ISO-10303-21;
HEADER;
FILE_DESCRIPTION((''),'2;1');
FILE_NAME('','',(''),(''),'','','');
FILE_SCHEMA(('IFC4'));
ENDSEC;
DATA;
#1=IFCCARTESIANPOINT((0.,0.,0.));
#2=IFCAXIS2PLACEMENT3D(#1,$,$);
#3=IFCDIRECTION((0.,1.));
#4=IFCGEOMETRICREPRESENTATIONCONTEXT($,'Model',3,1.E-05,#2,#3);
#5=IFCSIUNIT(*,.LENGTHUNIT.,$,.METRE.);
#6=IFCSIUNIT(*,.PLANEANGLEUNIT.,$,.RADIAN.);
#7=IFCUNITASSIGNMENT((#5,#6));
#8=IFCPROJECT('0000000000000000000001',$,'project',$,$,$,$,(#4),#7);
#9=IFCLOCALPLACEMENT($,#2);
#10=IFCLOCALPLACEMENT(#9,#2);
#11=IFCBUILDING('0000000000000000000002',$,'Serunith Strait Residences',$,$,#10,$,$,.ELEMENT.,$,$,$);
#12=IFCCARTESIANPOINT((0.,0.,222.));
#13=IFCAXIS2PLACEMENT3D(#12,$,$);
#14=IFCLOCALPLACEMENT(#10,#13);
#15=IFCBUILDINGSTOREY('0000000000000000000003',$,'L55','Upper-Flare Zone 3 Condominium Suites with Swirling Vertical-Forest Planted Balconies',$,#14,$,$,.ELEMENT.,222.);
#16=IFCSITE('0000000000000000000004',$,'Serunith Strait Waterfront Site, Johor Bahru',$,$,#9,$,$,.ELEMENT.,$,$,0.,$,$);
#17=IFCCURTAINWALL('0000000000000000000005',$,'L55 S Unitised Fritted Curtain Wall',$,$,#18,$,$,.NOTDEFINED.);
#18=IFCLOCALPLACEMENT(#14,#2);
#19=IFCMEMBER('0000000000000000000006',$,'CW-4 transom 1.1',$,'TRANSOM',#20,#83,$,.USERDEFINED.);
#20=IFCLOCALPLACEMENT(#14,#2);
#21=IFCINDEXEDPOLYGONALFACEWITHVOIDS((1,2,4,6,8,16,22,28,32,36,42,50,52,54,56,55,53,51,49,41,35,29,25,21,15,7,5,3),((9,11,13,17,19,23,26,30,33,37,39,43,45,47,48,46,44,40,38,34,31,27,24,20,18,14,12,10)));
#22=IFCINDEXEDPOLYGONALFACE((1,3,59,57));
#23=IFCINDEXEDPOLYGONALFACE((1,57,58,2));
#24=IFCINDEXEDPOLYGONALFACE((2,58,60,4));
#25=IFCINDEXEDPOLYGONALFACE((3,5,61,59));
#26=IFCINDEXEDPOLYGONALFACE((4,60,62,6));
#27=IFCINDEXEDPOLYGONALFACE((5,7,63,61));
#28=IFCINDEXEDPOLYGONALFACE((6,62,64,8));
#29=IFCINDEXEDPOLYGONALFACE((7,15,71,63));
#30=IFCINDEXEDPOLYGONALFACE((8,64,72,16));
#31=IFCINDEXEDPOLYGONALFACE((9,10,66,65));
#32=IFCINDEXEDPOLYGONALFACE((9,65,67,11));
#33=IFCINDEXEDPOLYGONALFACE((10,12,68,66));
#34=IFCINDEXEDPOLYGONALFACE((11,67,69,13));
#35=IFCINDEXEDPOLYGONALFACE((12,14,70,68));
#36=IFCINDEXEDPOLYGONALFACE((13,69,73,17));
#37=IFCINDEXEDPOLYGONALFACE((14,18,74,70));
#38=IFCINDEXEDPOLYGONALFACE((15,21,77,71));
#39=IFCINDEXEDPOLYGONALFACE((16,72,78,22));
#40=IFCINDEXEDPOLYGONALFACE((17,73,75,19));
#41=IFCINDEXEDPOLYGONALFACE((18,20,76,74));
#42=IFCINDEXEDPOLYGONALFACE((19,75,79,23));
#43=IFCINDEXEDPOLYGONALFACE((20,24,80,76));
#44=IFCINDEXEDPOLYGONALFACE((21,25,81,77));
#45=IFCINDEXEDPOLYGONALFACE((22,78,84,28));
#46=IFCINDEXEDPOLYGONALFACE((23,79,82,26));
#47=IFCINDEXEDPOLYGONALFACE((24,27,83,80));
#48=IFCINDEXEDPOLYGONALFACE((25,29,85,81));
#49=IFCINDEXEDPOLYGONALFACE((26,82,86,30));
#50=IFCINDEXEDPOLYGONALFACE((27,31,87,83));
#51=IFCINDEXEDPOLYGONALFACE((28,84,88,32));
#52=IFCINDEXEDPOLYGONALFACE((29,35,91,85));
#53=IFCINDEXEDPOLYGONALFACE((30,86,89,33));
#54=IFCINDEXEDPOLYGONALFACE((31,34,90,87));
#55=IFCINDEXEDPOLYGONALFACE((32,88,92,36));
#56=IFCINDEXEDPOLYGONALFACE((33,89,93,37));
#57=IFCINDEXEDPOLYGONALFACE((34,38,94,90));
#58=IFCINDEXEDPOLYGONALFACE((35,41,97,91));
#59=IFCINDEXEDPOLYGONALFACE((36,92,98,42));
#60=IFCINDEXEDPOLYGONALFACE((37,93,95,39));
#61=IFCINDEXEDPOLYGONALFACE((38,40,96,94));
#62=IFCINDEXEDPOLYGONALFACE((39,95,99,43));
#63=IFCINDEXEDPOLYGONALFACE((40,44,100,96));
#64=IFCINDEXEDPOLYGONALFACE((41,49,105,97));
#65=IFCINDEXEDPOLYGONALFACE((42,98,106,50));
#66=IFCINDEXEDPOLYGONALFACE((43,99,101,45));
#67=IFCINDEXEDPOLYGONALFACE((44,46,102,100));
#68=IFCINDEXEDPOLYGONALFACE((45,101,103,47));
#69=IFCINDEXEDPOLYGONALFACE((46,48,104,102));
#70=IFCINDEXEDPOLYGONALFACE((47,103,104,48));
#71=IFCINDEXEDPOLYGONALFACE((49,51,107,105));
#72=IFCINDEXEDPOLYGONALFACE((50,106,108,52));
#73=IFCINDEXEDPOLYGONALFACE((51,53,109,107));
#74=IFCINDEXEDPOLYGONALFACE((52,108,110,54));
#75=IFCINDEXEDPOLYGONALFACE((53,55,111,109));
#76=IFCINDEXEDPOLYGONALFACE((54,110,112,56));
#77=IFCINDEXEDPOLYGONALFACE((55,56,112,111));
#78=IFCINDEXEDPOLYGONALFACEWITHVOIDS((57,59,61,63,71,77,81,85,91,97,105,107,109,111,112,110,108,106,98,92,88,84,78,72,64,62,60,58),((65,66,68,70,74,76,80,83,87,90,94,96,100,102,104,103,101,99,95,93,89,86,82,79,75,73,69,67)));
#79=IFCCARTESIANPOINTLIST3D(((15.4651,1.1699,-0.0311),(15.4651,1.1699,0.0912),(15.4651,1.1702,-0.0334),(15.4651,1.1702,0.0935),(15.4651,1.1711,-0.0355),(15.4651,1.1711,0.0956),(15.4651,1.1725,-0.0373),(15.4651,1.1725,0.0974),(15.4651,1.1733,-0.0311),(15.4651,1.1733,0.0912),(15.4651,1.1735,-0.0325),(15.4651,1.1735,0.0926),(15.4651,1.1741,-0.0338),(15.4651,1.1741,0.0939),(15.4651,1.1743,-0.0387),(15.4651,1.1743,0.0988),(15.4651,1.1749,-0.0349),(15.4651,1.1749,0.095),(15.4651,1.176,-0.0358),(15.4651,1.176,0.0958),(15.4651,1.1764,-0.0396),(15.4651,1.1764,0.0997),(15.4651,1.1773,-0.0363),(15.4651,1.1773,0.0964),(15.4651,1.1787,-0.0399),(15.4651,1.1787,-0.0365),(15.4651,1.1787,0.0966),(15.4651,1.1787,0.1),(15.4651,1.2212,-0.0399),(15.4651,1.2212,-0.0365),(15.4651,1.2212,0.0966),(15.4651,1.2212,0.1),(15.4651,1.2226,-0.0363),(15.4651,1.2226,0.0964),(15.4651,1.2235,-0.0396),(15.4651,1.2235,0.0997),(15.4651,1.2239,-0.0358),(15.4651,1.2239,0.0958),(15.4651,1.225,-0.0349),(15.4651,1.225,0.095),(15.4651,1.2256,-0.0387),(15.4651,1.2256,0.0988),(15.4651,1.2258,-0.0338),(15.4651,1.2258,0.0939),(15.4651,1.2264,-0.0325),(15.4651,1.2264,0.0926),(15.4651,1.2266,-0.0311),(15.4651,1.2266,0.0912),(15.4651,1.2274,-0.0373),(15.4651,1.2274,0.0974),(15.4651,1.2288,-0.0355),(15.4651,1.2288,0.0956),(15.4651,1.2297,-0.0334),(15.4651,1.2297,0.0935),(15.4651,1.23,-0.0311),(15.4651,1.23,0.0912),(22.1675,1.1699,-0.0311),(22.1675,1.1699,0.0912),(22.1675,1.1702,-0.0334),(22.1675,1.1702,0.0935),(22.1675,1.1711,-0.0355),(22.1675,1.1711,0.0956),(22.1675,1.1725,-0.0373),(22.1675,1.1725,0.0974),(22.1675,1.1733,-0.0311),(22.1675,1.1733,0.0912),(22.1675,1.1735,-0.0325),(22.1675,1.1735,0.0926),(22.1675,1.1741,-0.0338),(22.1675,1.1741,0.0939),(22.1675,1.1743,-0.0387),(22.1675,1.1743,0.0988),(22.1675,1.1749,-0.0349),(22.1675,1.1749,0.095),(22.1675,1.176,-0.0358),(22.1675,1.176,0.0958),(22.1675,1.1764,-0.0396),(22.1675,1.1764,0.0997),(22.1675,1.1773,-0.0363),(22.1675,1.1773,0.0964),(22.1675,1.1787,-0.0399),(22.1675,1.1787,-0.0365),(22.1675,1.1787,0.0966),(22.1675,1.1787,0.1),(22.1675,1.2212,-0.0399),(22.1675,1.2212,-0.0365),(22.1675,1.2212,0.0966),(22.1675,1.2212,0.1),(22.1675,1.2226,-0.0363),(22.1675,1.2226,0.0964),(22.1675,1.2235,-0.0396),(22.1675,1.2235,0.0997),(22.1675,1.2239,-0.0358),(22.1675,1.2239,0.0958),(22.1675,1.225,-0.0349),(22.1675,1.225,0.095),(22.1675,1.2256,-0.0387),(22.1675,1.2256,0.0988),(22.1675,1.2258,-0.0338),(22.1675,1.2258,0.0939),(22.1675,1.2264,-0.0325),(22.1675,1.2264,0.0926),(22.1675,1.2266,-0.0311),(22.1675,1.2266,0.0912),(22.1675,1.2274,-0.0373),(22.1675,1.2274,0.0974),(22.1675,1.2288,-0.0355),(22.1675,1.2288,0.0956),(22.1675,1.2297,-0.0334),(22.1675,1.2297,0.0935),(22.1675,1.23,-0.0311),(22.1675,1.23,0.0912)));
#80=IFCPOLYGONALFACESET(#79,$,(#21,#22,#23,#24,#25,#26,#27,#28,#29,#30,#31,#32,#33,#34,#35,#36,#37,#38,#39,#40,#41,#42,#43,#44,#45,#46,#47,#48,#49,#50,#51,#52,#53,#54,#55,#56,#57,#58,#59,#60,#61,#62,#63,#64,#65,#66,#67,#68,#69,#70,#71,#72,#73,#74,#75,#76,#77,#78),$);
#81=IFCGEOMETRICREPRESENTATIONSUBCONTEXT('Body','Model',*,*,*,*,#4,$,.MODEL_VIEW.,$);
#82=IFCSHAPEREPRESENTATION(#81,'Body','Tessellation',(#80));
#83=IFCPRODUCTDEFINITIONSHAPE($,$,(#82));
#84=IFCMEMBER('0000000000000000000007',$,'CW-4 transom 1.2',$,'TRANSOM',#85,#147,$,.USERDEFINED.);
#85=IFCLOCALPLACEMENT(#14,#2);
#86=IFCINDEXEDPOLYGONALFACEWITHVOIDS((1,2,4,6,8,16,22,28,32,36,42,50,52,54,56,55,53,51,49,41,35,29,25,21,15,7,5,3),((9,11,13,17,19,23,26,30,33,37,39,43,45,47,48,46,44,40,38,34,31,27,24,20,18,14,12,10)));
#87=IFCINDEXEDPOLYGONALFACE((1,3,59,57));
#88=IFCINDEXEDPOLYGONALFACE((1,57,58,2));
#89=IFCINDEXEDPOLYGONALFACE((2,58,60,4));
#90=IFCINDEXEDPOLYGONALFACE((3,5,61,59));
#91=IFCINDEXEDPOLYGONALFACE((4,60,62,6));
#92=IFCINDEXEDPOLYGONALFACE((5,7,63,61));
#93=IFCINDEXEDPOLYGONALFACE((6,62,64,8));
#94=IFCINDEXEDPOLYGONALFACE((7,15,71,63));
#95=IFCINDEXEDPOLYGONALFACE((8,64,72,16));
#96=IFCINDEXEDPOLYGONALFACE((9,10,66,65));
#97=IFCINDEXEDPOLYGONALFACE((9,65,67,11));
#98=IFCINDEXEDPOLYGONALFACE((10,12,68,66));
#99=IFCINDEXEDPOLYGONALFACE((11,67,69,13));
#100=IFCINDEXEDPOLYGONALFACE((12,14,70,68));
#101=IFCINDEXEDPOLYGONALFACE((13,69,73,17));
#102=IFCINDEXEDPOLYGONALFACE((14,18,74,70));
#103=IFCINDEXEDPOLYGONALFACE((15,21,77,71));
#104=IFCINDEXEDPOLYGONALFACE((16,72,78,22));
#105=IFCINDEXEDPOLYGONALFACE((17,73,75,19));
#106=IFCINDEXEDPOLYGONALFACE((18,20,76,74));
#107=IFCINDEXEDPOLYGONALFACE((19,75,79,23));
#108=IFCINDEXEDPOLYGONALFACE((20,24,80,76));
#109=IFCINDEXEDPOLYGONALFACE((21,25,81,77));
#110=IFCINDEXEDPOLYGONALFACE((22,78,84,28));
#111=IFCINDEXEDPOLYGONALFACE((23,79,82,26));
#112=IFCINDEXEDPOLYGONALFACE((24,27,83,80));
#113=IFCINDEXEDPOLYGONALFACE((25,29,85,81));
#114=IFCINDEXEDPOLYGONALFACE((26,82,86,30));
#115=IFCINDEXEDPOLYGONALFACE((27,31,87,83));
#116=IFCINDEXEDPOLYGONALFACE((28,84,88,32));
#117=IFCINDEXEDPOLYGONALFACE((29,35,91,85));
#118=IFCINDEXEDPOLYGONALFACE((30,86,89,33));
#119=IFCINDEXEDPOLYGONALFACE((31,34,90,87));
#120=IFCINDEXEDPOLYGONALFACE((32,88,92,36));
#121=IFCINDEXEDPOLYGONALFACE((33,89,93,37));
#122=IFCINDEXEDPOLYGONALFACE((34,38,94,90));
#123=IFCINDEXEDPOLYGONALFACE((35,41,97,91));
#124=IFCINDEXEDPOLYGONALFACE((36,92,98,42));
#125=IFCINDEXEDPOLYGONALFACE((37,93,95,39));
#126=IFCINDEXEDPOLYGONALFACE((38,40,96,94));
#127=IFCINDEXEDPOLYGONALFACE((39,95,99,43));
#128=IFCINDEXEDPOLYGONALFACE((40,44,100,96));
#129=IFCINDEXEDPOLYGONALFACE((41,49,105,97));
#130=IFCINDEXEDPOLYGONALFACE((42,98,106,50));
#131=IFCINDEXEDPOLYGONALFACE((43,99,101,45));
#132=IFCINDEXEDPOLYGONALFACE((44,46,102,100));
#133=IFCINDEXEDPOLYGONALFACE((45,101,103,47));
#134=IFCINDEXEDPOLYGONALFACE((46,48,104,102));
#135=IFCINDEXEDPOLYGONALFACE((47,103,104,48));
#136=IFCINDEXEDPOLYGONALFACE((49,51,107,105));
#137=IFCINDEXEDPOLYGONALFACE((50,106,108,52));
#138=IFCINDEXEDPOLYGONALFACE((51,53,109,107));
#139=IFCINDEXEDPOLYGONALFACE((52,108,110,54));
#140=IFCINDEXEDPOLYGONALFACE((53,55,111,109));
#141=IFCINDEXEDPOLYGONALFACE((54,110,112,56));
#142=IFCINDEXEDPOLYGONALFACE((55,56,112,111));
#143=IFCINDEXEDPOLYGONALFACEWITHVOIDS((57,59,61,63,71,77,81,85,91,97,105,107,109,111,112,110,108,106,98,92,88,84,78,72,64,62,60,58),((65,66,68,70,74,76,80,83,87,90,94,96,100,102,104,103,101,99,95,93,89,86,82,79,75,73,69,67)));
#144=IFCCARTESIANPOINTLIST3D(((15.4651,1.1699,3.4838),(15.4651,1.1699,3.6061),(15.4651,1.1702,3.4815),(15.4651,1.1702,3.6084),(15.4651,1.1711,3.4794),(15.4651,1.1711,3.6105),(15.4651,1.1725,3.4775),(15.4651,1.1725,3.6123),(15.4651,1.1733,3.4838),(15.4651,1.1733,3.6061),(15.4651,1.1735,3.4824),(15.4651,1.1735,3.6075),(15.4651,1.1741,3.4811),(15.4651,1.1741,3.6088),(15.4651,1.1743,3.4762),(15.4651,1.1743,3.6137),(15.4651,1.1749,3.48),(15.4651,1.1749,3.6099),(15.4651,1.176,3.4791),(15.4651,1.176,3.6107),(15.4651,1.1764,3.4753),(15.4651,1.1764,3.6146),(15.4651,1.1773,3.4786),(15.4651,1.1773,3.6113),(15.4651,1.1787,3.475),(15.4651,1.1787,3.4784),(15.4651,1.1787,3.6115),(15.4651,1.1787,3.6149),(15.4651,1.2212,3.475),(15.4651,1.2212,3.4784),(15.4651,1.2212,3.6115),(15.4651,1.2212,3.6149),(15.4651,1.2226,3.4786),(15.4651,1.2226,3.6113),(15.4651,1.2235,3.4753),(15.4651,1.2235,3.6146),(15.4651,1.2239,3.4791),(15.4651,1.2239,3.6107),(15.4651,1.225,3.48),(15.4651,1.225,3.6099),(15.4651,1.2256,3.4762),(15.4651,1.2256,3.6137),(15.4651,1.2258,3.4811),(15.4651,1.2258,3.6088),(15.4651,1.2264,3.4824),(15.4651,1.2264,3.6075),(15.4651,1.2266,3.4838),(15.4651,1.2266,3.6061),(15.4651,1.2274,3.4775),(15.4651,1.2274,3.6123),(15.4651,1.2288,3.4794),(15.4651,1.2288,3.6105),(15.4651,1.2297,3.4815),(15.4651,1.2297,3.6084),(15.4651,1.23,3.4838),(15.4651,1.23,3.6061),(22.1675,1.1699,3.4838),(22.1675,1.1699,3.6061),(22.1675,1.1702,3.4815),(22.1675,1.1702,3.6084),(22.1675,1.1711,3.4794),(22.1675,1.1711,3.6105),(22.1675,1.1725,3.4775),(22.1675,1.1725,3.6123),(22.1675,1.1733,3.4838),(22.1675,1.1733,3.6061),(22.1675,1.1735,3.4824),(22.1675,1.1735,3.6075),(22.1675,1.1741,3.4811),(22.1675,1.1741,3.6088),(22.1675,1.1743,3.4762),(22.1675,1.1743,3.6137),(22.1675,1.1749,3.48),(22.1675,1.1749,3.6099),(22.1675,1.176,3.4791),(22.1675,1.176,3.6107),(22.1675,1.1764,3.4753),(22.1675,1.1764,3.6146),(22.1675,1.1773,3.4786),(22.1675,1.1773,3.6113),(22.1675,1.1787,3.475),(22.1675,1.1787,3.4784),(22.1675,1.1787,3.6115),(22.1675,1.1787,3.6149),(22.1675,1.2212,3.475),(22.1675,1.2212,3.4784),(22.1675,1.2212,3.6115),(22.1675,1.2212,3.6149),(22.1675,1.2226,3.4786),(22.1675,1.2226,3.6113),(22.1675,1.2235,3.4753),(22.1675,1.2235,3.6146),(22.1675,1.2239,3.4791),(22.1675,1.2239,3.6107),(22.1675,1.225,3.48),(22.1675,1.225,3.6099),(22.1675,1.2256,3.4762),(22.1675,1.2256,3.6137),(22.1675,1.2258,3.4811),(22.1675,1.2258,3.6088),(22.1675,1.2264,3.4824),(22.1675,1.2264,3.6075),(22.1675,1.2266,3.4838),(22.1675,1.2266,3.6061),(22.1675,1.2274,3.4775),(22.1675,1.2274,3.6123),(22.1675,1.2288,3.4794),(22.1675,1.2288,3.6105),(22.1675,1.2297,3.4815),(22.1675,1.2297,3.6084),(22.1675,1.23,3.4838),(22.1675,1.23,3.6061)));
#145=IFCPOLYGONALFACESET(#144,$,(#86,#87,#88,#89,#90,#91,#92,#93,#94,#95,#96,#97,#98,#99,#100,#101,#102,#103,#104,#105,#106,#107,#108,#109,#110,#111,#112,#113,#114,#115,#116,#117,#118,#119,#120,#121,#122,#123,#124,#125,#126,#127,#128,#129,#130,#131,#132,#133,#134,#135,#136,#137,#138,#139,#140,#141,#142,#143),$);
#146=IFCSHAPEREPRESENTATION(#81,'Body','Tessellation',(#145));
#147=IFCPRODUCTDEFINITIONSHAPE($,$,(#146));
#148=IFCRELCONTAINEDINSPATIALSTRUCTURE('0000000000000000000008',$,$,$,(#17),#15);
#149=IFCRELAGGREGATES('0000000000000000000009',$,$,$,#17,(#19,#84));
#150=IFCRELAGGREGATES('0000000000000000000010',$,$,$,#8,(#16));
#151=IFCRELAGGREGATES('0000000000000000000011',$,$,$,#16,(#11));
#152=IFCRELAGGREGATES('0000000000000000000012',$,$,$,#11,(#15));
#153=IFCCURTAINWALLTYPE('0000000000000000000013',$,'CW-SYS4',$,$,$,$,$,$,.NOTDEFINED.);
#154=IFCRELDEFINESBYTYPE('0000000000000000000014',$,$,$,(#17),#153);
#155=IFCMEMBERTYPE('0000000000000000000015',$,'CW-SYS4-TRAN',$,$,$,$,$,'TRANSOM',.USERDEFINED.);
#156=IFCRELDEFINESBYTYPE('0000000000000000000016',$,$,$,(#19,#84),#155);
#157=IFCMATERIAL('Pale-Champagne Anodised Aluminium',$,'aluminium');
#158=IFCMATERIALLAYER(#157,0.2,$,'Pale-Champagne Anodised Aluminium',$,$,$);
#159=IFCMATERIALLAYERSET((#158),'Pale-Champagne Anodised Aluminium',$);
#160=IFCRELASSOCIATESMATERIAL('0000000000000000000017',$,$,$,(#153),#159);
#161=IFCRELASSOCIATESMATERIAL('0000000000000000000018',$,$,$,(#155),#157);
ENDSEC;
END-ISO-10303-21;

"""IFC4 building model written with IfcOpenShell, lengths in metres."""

from ifc_helpers import new_model, si_unit, direction, frame, origin, origin_2d, place, context, subcontext, project, spatial, hollow_rectangle, extrude, source, transform, mapped, material, layer, layer_set, material_profile, profile_set, type_object, element, aggregate, save


model = new_model("IFC4")

# Units and contexts
model_context = context("Model", 3, precision=1e-05, world=origin(), true_north=direction((0.0, 1.0)))
body_context = subcontext(model_context, "Body", "Model", "MODEL_VIEW")
ifc_project = project(units=[si_unit("LENGTHUNIT", "METRE"), si_unit("PLANEANGLEUNIT", "RADIAN")], contexts=[model_context])

# Site, building, storey
site_placement = place(None, origin())
site = spatial("IfcSite", under=ifc_project, at=site_placement, Name="Serunith Strait Waterfront Site, Johor Bahru", CompositionType="ELEMENT", RefElevation=0.0)
building_placement = place(site_placement, origin())
building = spatial("IfcBuilding", under=site, at=building_placement, Name="Serunith Strait Residences", CompositionType="ELEMENT")
storey_placement = place(building_placement, frame((0.0, 0.0, 222.0)))
storey = spatial("IfcBuildingStorey", under=building, at=storey_placement, Name="L55", Description="Upper-Flare Zone 3 Condominium Suites with Swirling Vertical-Forest Planted Balconies", CompositionType="ELEMENT", Elevation=222.0)

# Curtain wall
ifc_material_1 = material(Name="Pale-Champagne Anodised Aluminium", Category="aluminium")
ifc_layer_1 = layer(ifc_material_1, 0.2, Name="Pale-Champagne Anodised Aluminium")
ifc_layer_set_1 = layer_set([ifc_layer_1], Name="Pale-Champagne Anodised Aluminium")
curtain_wall_type = type_object("IfcCurtainWallType", Name="CW-SYS4", PredefinedType="NOTDEFINED", material=ifc_layer_set_1)
curtain_wall_1_placement = place(storey_placement, origin())
curtain_wall_1 = element("IfcCurtainWall", 1, at=curtain_wall_1_placement, inside=storey, type_object=curtain_wall_type, Name="L55 S Unitised Fritted Curtain Wall", PredefinedType="NOTDEFINED")

# Members
ifc_material_profile_1 = material_profile(ifc_material_1, hollow_rectangle(XDim=0.0601, YDim=0.1399, WallThickness=0.0034, InnerFilletRadius=0.0054, OuterFilletRadius=0.0088, at=origin_2d()), Name="ALU 140x60x3.5")
ifc_profile_set_1 = profile_set([ifc_material_profile_1], Name="Pale-Champagne Anodised Aluminium")
member_type_1 = type_object("IfcMemberType", Name="CW-SYS4-TRAN", ElementType="TRANSOM", PredefinedType="USERDEFINED", material=ifc_profile_set_1)
shared_shape_1 = source(origin(), body_context, "Body", "SweptSolid", [
    extrude(hollow_rectangle(XDim=0.0601, YDim=0.1399, WallThickness=0.0034, InnerFilletRadius=0.0054, OuterFilletRadius=0.0088, at=origin_2d()), origin(), (0.0, 0.0, 1.0), 6.7024),
])
member_1_placement = place(storey_placement, frame((15.4651, 1.2, 0.03), z_axis=(1.0, 0.0, 0.0), x_axis=(0.0, 1.0, 0.0)))
member_1 = element("IfcMember", 2, at=member_1_placement, type_object=member_type_1, Name="CW-4 transom 1.1", ObjectType="TRANSOM", PredefinedType="USERDEFINED", context=body_context, shape_type="MappedRepresentation", body=[
    mapped(shared_shape_1, transform((0.0, 0.0, 0.0), scale=1.0)),
])
member_2_placement = place(storey_placement, frame((15.4651, 1.2, 3.5449), z_axis=(1.0, 0.0, 0.0), x_axis=(0.0, 1.0, 0.0)))
member_2 = element("IfcMember", 3, at=member_2_placement, type_object=member_type_1, Name="CW-4 transom 1.2", ObjectType="TRANSOM", PredefinedType="USERDEFINED", context=body_context, shape_type="MappedRepresentation", body=[
    mapped(shared_shape_1, transform((0.0, 0.0, 0.0), scale=1.0)),
])
aggregate(curtain_wall_1, [member_1, member_2])

save(model, "model.ifc")
